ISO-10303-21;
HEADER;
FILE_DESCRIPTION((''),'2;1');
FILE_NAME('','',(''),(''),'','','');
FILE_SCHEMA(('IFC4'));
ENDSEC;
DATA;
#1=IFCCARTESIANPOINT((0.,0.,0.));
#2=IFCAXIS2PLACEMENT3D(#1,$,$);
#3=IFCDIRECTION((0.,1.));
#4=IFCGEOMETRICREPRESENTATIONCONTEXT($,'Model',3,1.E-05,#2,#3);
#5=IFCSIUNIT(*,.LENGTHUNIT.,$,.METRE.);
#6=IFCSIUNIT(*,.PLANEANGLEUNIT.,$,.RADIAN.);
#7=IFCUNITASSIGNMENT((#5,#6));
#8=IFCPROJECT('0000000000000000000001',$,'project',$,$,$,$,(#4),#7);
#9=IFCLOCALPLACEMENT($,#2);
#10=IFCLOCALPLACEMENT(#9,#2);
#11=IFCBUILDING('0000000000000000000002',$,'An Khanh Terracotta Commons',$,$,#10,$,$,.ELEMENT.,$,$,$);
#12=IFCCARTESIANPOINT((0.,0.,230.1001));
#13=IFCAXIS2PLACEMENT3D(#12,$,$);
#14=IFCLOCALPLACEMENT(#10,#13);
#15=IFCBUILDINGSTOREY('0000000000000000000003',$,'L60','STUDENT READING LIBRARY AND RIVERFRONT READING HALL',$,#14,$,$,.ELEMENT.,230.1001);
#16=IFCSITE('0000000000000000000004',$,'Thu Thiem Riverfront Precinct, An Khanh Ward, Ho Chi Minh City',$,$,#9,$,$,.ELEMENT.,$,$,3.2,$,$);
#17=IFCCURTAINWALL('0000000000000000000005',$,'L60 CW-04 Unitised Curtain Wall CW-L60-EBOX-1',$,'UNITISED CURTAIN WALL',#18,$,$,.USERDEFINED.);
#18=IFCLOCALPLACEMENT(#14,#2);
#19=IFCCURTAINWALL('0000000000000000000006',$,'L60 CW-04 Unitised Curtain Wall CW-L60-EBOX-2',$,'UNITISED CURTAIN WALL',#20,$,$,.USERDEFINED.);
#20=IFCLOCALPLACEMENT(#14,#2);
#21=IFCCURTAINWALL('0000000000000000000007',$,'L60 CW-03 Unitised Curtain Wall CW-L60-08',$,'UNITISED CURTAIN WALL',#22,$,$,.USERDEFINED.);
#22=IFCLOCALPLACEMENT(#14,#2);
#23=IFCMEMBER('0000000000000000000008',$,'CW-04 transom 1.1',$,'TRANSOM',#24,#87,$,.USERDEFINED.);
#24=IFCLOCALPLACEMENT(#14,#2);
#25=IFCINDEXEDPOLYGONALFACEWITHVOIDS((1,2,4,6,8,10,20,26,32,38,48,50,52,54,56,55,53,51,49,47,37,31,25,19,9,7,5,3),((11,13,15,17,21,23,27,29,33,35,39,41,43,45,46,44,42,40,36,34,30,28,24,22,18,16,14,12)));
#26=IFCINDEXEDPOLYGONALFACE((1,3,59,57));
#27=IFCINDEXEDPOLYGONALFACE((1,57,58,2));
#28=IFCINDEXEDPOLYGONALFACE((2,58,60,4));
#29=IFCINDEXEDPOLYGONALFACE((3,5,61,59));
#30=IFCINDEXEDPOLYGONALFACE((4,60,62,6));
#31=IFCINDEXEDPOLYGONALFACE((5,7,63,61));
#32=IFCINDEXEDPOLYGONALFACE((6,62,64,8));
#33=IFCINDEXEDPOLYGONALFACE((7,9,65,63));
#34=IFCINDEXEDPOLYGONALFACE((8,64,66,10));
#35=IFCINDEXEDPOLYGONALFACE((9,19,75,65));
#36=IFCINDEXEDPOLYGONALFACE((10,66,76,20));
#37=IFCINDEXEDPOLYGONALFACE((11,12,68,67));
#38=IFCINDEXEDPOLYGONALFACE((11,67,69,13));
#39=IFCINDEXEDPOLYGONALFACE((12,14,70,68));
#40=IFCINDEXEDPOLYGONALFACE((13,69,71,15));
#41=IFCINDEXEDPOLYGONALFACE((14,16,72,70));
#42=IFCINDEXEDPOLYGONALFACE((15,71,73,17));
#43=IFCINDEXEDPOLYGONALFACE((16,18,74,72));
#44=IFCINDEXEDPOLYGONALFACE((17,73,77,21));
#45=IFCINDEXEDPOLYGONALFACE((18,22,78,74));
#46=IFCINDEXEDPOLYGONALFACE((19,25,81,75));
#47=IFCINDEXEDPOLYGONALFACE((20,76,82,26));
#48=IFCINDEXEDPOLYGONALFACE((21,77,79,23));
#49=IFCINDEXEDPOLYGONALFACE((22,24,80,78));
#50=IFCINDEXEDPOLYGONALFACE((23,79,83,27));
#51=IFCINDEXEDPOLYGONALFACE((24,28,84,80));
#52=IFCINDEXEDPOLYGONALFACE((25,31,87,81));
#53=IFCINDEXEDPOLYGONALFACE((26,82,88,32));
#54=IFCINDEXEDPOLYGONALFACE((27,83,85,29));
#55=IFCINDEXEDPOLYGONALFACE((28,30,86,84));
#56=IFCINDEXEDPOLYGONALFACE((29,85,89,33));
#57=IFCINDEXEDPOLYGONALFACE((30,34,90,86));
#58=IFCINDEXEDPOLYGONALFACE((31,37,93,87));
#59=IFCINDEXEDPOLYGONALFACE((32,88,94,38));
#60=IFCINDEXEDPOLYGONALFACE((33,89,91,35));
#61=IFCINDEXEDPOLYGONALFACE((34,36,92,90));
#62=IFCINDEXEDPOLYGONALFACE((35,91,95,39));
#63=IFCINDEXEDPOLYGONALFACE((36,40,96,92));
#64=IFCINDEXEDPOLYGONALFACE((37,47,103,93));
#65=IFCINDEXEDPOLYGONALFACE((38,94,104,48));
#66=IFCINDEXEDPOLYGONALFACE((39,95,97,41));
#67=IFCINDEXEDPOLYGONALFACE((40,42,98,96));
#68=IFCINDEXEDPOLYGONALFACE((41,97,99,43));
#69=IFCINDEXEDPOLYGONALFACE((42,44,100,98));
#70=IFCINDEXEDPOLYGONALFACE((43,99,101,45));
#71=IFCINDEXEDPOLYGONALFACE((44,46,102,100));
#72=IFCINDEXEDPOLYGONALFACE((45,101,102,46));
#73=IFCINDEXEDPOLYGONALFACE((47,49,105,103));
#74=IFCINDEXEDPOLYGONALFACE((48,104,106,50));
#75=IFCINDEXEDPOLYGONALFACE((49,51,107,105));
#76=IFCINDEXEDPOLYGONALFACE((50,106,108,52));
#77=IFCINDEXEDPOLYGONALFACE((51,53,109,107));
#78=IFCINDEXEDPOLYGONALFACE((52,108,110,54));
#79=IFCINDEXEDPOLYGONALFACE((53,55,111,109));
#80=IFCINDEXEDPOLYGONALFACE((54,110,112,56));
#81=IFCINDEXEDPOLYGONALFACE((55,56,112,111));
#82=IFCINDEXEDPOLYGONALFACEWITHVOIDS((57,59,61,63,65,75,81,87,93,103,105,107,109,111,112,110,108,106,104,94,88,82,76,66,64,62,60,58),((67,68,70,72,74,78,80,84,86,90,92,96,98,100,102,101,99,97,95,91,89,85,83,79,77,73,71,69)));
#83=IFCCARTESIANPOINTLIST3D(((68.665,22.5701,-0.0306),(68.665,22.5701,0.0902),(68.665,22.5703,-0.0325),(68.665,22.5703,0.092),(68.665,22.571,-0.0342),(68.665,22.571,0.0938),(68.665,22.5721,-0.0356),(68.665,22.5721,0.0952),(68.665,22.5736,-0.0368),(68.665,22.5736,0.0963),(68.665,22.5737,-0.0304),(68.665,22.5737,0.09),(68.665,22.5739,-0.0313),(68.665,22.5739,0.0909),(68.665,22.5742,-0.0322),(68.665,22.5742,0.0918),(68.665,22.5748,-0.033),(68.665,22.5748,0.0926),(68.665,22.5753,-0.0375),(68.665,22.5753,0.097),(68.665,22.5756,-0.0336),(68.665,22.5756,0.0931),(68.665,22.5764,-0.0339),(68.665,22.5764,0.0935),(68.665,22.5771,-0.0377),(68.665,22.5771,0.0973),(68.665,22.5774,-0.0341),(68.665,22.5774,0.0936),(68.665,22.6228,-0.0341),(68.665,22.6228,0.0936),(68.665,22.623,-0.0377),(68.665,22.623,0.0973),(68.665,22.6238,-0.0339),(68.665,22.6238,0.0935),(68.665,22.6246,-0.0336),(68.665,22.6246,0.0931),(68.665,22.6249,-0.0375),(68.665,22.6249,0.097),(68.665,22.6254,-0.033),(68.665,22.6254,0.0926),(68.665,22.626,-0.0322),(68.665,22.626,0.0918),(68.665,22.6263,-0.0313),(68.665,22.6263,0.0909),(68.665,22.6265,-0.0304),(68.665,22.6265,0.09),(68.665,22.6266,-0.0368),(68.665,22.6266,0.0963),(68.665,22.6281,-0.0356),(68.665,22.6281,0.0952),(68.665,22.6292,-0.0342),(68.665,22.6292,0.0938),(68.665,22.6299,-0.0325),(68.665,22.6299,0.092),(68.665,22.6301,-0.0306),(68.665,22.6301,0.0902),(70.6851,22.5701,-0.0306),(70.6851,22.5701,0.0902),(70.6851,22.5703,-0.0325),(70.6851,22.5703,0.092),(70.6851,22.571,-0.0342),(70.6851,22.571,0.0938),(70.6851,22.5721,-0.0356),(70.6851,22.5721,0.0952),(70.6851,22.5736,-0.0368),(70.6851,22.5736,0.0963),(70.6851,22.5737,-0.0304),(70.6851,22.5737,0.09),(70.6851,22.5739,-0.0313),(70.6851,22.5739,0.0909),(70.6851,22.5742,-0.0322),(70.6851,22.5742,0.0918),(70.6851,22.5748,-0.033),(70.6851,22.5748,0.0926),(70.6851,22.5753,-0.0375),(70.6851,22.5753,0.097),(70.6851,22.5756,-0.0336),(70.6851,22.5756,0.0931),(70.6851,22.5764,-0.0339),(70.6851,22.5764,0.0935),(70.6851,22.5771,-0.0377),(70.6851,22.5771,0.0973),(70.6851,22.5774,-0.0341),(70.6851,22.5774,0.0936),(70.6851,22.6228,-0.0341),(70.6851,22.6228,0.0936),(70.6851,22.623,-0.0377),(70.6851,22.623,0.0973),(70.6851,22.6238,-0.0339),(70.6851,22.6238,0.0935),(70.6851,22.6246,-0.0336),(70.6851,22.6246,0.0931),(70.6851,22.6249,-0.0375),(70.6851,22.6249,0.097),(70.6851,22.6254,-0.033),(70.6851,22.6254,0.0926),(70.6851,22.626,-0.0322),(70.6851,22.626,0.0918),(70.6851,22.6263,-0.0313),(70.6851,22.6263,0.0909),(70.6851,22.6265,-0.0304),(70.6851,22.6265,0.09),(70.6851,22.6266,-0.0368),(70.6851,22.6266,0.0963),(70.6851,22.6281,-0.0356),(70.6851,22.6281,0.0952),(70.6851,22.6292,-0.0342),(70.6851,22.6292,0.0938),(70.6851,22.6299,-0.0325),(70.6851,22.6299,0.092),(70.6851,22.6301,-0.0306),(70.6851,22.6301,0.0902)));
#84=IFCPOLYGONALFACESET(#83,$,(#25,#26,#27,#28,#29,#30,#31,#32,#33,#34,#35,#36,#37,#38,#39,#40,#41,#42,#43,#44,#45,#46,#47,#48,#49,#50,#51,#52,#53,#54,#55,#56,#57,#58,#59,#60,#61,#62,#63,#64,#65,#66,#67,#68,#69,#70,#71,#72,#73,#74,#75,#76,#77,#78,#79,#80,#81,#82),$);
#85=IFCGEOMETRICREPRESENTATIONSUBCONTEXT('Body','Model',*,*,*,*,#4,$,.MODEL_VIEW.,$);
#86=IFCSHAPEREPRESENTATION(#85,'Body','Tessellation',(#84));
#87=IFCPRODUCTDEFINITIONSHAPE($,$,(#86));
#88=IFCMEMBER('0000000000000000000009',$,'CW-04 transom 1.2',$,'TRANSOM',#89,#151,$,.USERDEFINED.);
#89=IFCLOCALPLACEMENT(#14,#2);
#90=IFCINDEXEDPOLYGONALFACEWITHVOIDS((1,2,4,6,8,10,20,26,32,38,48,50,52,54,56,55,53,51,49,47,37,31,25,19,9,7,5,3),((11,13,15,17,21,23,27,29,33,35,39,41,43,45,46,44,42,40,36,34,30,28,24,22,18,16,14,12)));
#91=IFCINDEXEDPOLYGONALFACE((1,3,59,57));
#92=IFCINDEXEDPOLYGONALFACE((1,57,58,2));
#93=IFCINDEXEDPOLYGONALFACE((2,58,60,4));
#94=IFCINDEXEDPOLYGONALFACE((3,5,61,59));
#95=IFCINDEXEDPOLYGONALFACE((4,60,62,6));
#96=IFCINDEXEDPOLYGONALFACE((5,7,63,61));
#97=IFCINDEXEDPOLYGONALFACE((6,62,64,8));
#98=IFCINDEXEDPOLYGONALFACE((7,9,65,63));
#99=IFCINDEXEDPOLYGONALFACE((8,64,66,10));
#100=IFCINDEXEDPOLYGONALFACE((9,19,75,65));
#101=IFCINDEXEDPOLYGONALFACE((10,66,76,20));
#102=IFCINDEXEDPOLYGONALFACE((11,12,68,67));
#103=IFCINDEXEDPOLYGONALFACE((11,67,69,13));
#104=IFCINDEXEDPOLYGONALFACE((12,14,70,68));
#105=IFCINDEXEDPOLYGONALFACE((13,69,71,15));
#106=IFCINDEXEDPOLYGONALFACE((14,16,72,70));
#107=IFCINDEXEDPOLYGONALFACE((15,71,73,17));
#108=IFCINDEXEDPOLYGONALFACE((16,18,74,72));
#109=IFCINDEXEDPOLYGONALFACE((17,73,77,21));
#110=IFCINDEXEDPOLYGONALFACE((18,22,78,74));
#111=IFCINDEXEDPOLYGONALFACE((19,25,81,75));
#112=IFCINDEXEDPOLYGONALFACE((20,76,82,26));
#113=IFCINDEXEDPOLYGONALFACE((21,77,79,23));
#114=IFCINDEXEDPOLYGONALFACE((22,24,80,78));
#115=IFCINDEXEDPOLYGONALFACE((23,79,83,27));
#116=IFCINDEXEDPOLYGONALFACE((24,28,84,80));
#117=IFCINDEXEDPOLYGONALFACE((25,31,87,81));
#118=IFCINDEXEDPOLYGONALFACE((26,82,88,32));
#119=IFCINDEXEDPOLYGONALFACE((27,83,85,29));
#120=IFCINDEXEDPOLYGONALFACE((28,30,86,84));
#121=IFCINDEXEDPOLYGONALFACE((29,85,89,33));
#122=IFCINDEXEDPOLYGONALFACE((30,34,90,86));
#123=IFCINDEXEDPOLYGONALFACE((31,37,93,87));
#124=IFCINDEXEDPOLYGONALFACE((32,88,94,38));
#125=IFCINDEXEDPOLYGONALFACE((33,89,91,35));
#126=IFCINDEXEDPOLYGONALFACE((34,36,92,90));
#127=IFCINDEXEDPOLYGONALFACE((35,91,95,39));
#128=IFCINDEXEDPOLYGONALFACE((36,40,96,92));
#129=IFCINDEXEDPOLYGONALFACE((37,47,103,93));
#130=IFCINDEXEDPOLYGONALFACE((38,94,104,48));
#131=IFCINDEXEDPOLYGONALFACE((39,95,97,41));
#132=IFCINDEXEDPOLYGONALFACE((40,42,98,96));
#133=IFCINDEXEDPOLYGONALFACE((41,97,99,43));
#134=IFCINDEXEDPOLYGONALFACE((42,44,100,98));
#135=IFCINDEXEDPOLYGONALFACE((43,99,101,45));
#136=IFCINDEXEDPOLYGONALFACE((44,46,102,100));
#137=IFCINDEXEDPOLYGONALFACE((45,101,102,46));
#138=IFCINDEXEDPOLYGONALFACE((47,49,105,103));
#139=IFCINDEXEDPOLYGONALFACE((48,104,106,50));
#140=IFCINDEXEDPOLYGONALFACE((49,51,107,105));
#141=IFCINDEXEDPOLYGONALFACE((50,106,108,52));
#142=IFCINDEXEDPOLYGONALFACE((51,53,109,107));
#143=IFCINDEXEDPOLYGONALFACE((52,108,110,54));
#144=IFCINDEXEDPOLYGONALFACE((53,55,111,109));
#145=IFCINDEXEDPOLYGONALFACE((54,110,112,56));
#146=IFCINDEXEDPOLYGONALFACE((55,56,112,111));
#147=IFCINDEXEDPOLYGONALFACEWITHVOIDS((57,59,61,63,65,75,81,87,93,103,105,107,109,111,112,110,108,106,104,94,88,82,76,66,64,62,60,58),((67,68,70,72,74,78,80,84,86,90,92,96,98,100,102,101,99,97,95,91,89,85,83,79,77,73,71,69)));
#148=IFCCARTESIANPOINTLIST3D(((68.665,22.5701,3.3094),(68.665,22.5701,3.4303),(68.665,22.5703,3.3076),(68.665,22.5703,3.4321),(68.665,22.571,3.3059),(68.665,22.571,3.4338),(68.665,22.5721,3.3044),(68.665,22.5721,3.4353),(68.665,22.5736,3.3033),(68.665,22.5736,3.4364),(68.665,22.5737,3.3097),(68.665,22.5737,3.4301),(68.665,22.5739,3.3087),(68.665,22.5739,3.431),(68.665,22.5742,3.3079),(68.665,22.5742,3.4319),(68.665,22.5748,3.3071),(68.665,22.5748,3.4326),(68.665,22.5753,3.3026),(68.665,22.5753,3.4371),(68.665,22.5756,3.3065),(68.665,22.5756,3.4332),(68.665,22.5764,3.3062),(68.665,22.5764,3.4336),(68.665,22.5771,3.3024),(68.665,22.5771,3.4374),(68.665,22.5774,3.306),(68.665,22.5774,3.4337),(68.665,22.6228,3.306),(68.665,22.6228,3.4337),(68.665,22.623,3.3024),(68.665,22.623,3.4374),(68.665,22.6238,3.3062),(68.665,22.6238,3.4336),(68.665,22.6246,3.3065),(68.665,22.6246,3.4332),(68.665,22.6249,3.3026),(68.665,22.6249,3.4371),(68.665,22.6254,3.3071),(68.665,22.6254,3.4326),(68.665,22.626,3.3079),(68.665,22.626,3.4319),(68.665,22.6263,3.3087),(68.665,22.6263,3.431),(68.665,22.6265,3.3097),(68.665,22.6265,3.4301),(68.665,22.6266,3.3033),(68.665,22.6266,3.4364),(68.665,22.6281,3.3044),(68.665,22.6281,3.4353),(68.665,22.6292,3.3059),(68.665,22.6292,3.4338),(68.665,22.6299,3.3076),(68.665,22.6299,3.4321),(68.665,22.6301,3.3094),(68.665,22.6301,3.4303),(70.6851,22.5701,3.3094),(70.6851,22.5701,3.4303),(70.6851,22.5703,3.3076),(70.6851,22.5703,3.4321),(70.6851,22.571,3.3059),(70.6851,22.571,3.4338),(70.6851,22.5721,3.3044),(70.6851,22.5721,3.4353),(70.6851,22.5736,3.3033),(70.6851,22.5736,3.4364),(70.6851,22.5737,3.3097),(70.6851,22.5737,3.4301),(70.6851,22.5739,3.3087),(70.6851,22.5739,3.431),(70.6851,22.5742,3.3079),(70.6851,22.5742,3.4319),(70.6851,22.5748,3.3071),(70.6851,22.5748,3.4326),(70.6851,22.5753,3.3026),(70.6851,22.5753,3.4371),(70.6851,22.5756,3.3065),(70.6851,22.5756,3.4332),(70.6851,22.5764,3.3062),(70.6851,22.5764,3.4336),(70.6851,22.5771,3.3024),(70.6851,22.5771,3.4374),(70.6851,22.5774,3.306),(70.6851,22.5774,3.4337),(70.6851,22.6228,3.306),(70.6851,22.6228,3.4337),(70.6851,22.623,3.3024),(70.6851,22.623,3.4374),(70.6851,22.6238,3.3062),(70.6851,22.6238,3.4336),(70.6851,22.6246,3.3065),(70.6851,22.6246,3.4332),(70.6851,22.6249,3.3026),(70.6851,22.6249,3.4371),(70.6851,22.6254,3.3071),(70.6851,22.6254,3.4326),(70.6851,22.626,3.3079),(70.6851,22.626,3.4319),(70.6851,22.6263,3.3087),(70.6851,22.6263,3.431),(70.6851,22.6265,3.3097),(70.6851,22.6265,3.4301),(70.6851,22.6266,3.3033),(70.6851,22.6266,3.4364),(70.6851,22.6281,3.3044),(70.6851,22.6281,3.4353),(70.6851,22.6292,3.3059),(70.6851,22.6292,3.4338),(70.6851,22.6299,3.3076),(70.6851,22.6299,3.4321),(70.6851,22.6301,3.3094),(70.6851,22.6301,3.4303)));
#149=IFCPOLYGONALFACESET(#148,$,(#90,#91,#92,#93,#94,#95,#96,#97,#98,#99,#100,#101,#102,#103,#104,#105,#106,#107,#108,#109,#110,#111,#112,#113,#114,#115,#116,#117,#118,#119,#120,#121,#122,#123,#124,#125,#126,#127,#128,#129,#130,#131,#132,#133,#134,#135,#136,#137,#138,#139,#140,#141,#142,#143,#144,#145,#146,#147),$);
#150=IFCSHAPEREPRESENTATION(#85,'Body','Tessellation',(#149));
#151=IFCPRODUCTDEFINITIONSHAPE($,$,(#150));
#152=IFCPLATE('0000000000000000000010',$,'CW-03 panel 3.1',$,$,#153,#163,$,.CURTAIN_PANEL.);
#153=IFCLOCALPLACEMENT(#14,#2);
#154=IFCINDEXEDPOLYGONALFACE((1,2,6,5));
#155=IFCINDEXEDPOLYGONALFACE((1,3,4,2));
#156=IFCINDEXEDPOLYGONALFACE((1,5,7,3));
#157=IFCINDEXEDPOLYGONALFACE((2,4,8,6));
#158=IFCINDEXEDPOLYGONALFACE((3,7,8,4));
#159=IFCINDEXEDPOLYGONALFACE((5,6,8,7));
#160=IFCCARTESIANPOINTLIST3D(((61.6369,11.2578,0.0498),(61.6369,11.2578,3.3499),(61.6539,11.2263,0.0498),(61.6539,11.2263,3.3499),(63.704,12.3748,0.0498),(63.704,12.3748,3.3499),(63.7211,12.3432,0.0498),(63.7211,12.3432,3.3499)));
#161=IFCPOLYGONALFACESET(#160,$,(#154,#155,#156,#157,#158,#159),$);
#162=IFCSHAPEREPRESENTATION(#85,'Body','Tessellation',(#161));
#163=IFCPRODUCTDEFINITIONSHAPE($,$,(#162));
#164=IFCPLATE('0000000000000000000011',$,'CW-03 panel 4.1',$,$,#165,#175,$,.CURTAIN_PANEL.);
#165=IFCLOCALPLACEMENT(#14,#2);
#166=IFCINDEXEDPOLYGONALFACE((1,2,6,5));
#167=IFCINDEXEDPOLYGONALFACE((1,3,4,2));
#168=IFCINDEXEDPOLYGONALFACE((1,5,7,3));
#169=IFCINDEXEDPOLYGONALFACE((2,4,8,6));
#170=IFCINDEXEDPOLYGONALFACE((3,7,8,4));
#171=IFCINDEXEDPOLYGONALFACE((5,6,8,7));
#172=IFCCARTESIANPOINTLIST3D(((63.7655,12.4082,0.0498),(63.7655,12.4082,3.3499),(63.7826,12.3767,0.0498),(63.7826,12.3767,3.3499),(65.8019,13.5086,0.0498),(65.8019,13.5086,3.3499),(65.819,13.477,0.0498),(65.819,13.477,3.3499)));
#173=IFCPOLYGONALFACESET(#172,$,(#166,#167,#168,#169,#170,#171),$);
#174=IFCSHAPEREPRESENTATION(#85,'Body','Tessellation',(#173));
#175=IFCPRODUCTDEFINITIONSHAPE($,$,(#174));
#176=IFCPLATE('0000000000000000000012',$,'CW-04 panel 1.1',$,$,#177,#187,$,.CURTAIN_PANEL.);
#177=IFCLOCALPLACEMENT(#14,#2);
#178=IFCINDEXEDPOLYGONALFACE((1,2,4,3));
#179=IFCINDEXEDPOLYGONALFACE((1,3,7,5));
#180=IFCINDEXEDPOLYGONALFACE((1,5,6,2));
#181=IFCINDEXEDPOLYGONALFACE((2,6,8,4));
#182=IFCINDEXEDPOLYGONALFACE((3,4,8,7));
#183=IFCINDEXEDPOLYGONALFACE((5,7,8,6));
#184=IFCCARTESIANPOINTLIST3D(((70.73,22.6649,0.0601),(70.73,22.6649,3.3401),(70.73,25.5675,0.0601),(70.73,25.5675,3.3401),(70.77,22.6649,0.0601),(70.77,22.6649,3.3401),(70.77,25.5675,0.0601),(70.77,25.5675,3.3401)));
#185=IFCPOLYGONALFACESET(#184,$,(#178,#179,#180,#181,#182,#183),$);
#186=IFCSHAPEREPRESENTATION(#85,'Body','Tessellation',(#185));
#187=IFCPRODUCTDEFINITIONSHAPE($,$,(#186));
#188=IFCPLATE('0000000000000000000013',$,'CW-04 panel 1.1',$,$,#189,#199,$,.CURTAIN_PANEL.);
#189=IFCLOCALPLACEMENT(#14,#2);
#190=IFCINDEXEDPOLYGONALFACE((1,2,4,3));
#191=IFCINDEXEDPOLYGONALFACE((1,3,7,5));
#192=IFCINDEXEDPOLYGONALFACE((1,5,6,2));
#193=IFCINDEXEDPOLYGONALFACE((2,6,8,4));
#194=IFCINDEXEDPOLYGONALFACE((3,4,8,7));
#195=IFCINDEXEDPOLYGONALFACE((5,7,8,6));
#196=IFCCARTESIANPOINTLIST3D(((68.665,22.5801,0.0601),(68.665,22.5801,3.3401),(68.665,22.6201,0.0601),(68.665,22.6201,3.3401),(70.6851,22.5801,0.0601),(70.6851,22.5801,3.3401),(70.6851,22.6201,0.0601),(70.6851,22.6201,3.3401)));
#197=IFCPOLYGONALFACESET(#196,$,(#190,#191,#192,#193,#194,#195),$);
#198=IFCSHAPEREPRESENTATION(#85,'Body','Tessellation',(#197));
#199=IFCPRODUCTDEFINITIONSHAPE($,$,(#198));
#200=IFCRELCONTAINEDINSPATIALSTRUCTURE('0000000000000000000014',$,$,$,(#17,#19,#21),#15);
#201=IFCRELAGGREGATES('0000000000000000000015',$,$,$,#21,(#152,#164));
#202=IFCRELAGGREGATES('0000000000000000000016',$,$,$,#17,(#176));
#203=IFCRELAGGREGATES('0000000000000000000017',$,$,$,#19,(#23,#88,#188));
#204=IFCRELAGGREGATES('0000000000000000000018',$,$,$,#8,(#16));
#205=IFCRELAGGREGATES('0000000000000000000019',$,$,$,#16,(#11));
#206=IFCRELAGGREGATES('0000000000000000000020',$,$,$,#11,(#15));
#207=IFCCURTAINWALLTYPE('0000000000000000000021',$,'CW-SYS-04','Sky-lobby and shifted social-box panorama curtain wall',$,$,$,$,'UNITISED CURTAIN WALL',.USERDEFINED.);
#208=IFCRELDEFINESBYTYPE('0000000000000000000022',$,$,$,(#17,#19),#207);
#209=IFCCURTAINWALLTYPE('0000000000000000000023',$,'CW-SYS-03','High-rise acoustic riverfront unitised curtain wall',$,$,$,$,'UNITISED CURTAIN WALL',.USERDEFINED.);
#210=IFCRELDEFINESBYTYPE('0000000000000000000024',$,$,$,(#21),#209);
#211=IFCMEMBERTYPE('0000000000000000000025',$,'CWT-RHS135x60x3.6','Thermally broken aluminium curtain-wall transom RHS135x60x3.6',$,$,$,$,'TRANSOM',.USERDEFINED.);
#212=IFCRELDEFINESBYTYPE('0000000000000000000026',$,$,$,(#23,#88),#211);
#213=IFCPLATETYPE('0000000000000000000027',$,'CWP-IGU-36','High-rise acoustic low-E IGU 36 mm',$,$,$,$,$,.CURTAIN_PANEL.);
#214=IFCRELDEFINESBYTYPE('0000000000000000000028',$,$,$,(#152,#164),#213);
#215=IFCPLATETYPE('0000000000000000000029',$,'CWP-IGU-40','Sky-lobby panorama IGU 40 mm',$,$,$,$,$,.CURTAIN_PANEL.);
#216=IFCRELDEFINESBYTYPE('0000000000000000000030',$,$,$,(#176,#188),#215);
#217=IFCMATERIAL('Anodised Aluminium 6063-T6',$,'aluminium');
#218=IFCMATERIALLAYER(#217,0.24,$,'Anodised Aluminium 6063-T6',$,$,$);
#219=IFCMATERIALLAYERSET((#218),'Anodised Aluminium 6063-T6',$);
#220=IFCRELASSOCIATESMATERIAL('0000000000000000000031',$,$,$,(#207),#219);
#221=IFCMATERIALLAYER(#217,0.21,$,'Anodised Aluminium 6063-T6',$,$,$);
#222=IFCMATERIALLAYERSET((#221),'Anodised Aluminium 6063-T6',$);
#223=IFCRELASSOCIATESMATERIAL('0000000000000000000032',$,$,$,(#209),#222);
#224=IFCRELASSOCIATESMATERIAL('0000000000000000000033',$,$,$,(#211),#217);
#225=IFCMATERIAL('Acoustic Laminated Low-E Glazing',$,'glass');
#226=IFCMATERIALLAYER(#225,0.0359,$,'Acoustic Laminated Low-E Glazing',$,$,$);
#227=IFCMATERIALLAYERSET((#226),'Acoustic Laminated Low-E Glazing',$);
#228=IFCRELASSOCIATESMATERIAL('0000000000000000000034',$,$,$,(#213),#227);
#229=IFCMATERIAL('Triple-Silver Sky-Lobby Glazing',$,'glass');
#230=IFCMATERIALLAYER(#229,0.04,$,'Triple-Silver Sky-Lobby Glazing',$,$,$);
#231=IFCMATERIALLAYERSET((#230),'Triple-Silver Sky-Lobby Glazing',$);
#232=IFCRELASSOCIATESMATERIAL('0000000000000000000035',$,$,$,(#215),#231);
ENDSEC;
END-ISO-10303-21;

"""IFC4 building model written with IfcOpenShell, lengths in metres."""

from ifc_helpers import new_model, si_unit, direction, frame, origin, origin_2d, place, context, subcontext, project, spatial, rectangle, hollow_rectangle, extrude, material, layer, layer_set, material_profile, profile_set, type_object, element, aggregate, save


model = new_model("IFC4")

# Units and contexts
model_context = context("Model", 3, precision=1e-05, world=origin(), true_north=direction((0.0, 1.0)))
body_context = subcontext(model_context, "Body", "Model", "MODEL_VIEW")
ifc_project = project(units=[si_unit("LENGTHUNIT", "METRE"), si_unit("PLANEANGLEUNIT", "RADIAN")], contexts=[model_context])

# Site, building, storey
site_placement = place(None, origin())
site = spatial("IfcSite", under=ifc_project, at=site_placement, Name="Thu Thiem Riverfront Precinct, An Khanh Ward, Ho Chi Minh City", CompositionType="ELEMENT", RefElevation=3.2)
building_placement = place(site_placement, origin())
building = spatial("IfcBuilding", under=site, at=building_placement, Name="An Khanh Terracotta Commons", CompositionType="ELEMENT")
storey_placement = place(building_placement, frame((0.0, 0.0, 230.1001)))
storey = spatial("IfcBuildingStorey", under=building, at=storey_placement, Name="L60", Description="STUDENT READING LIBRARY AND RIVERFRONT READING HALL", CompositionType="ELEMENT", Elevation=230.1001)

# Curtain wall
ifc_material_1 = material(Name="Anodised Aluminium 6063-T6", Category="aluminium")
ifc_layer_1 = layer(ifc_material_1, 0.24, Name="Anodised Aluminium 6063-T6")
ifc_layer_set_1 = layer_set([ifc_layer_1], Name="Anodised Aluminium 6063-T6")
curtain_wall_type_1 = type_object("IfcCurtainWallType", Name="CW-SYS-04", Description="Sky-lobby and shifted social-box panorama curtain wall", ElementType="UNITISED CURTAIN WALL", PredefinedType="USERDEFINED", material=ifc_layer_set_1)
curtain_wall_1_placement = place(storey_placement, origin())
curtain_wall_1 = element("IfcCurtainWall", 1, at=curtain_wall_1_placement, inside=storey, type_object=curtain_wall_type_1, Name="L60 CW-04 Unitised Curtain Wall CW-L60-EBOX-1", ObjectType="UNITISED CURTAIN WALL", PredefinedType="USERDEFINED")

# Curtain walls
curtain_wall_2_placement = place(storey_placement, origin())
curtain_wall_2 = element("IfcCurtainWall", 2, at=curtain_wall_2_placement, inside=storey, type_object=curtain_wall_type_1, Name="L60 CW-04 Unitised Curtain Wall CW-L60-EBOX-2", ObjectType="UNITISED CURTAIN WALL", PredefinedType="USERDEFINED")
ifc_layer_2 = layer(ifc_material_1, 0.21, Name="Anodised Aluminium 6063-T6")
ifc_layer_set_2 = layer_set([ifc_layer_2], Name="Anodised Aluminium 6063-T6")
curtain_wall_type_2 = type_object("IfcCurtainWallType", Name="CW-SYS-03", Description="High-rise acoustic riverfront unitised curtain wall", ElementType="UNITISED CURTAIN WALL", PredefinedType="USERDEFINED", material=ifc_layer_set_2)
curtain_wall_3_placement = place(storey_placement, origin())
curtain_wall_3 = element("IfcCurtainWall", 3, at=curtain_wall_3_placement, inside=storey, type_object=curtain_wall_type_2, Name="L60 CW-03 Unitised Curtain Wall CW-L60-08", ObjectType="UNITISED CURTAIN WALL", PredefinedType="USERDEFINED")

# Members
ifc_material_profile_1 = material_profile(ifc_material_1, hollow_rectangle(XDim=0.0601, YDim=0.135, WallThickness=0.0037, InnerFilletRadius=0.0037, OuterFilletRadius=0.0071, at=origin_2d()), Name="RHS135x60x3.6")
ifc_profile_set_1 = profile_set([ifc_material_profile_1], Name="Anodised Aluminium 6063-T6")
member_type_1 = type_object("IfcMemberType", Name="CWT-RHS135x60x3.6", Description="Thermally broken aluminium curtain-wall transom RHS135x60x3.6", ElementType="TRANSOM", PredefinedType="USERDEFINED", material=ifc_profile_set_1)
member_1_placement = place(storey_placement, frame((68.665, 22.6001, 0.0298), z_axis=(1.0, 0.0, 0.0), x_axis=(0.0, 1.0, 0.0)))
member_1 = element("IfcMember", 4, at=member_1_placement, type_object=member_type_1, Name="CW-04 transom 1.1", ObjectType="TRANSOM", PredefinedType="USERDEFINED", context=body_context, shape_type="SweptSolid", body=[
    extrude(hollow_rectangle(XDim=0.0601, YDim=0.135, WallThickness=0.0037, InnerFilletRadius=0.0037, OuterFilletRadius=0.0071, at=origin_2d()), origin(), (0.0, 0.0, 1.0), 2.02),
])
member_2_placement = place(storey_placement, frame((68.665, 22.6001, 3.3699), z_axis=(1.0, 0.0, 0.0), x_axis=(0.0, 1.0, 0.0)))
member_2 = element("IfcMember", 5, at=member_2_placement, type_object=member_type_1, Name="CW-04 transom 1.2", ObjectType="TRANSOM", PredefinedType="USERDEFINED", context=body_context, shape_type="SweptSolid", body=[
    extrude(hollow_rectangle(XDim=0.0601, YDim=0.135, WallThickness=0.0037, InnerFilletRadius=0.0037, OuterFilletRadius=0.0071, at=origin_2d()), origin(), (0.0, 0.0, 1.0), 2.02),
])

# Plates
ifc_material_2 = material(Name="Acoustic Laminated Low-E Glazing", Category="glass")
ifc_layer_3 = layer(ifc_material_2, 0.0359, Name="Acoustic Laminated Low-E Glazing")
ifc_layer_set_3 = layer_set([ifc_layer_3], Name="Acoustic Laminated Low-E Glazing")
plate_type_1 = type_object("IfcPlateType", Name="CWP-IGU-36", Description="High-rise acoustic low-E IGU 36 mm", PredefinedType="CURTAIN_PANEL", material=ifc_layer_set_3)
plate_1_placement = place(storey_placement, frame((62.679, 11.8005, 0.0498), z_axis=(0.0, 0.0, 1.0), x_axis=(0.87978, 0.475381, 0.0)))
plate_1 = element("IfcPlate", 6, at=plate_1_placement, type_object=plate_type_1, Name="CW-03 panel 3.1", PredefinedType="CURTAIN_PANEL", context=body_context, shape_type="SweptSolid", body=[
    extrude(rectangle(XDim=2.3496, YDim=0.0359, at=origin_2d()), origin(), (0.0, 0.0, 1.0), 3.3),
])
plate_2_placement = place(storey_placement, frame((64.7922, 12.9426, 0.0498), z_axis=(0.0, 0.0, 1.0), x_axis=(0.87978, 0.475381, 0.0)))
plate_2 = element("IfcPlate", 7, at=plate_2_placement, type_object=plate_type_1, Name="CW-03 panel 4.1", PredefinedType="CURTAIN_PANEL", context=body_context, shape_type="SweptSolid", body=[
    extrude(rectangle(XDim=2.3147, YDim=0.0359, at=origin_2d()), origin(), (0.0, 0.0, 1.0), 3.3),
])
aggregate(curtain_wall_3, [plate_1, plate_2])
ifc_material_3 = material(Name="Triple-Silver Sky-Lobby Glazing", Category="glass")
ifc_layer_4 = layer(ifc_material_3, 0.04, Name="Triple-Silver Sky-Lobby Glazing")
ifc_layer_set_4 = layer_set([ifc_layer_4], Name="Triple-Silver Sky-Lobby Glazing")
plate_type_2 = type_object("IfcPlateType", Name="CWP-IGU-40", Description="Sky-lobby panorama IGU 40 mm", PredefinedType="CURTAIN_PANEL", material=ifc_layer_set_4)
plate_3_placement = place(storey_placement, frame((70.75, 24.1162, 0.0601), z_axis=(0.0, 0.0, 1.0), x_axis=(0.0, 1.0, 0.0)))
plate_3 = element("IfcPlate", 8, at=plate_3_placement, type_object=plate_type_2, Name="CW-04 panel 1.1", PredefinedType="CURTAIN_PANEL", context=body_context, shape_type="SweptSolid", body=[
    extrude(rectangle(XDim=2.9026, YDim=0.04, at=origin_2d()), origin(), (0.0, 0.0, 1.0), 3.28),
])
aggregate(curtain_wall_1, [plate_3])
plate_4_placement = place(storey_placement, frame((69.675, 22.6001, 0.0601), z_axis=(0.0, 0.0, 1.0), x_axis=(1.0, 0.0, 0.0)))
plate_4 = element("IfcPlate", 9, at=plate_4_placement, type_object=plate_type_2, Name="CW-04 panel 1.1", PredefinedType="CURTAIN_PANEL", context=body_context, shape_type="SweptSolid", body=[
    extrude(rectangle(XDim=2.02, YDim=0.04, at=origin_2d()), origin(), (0.0, 0.0, 1.0), 3.28),
])
aggregate(curtain_wall_2, [member_1, member_2, plate_4])

save(model, "model.ifc")
